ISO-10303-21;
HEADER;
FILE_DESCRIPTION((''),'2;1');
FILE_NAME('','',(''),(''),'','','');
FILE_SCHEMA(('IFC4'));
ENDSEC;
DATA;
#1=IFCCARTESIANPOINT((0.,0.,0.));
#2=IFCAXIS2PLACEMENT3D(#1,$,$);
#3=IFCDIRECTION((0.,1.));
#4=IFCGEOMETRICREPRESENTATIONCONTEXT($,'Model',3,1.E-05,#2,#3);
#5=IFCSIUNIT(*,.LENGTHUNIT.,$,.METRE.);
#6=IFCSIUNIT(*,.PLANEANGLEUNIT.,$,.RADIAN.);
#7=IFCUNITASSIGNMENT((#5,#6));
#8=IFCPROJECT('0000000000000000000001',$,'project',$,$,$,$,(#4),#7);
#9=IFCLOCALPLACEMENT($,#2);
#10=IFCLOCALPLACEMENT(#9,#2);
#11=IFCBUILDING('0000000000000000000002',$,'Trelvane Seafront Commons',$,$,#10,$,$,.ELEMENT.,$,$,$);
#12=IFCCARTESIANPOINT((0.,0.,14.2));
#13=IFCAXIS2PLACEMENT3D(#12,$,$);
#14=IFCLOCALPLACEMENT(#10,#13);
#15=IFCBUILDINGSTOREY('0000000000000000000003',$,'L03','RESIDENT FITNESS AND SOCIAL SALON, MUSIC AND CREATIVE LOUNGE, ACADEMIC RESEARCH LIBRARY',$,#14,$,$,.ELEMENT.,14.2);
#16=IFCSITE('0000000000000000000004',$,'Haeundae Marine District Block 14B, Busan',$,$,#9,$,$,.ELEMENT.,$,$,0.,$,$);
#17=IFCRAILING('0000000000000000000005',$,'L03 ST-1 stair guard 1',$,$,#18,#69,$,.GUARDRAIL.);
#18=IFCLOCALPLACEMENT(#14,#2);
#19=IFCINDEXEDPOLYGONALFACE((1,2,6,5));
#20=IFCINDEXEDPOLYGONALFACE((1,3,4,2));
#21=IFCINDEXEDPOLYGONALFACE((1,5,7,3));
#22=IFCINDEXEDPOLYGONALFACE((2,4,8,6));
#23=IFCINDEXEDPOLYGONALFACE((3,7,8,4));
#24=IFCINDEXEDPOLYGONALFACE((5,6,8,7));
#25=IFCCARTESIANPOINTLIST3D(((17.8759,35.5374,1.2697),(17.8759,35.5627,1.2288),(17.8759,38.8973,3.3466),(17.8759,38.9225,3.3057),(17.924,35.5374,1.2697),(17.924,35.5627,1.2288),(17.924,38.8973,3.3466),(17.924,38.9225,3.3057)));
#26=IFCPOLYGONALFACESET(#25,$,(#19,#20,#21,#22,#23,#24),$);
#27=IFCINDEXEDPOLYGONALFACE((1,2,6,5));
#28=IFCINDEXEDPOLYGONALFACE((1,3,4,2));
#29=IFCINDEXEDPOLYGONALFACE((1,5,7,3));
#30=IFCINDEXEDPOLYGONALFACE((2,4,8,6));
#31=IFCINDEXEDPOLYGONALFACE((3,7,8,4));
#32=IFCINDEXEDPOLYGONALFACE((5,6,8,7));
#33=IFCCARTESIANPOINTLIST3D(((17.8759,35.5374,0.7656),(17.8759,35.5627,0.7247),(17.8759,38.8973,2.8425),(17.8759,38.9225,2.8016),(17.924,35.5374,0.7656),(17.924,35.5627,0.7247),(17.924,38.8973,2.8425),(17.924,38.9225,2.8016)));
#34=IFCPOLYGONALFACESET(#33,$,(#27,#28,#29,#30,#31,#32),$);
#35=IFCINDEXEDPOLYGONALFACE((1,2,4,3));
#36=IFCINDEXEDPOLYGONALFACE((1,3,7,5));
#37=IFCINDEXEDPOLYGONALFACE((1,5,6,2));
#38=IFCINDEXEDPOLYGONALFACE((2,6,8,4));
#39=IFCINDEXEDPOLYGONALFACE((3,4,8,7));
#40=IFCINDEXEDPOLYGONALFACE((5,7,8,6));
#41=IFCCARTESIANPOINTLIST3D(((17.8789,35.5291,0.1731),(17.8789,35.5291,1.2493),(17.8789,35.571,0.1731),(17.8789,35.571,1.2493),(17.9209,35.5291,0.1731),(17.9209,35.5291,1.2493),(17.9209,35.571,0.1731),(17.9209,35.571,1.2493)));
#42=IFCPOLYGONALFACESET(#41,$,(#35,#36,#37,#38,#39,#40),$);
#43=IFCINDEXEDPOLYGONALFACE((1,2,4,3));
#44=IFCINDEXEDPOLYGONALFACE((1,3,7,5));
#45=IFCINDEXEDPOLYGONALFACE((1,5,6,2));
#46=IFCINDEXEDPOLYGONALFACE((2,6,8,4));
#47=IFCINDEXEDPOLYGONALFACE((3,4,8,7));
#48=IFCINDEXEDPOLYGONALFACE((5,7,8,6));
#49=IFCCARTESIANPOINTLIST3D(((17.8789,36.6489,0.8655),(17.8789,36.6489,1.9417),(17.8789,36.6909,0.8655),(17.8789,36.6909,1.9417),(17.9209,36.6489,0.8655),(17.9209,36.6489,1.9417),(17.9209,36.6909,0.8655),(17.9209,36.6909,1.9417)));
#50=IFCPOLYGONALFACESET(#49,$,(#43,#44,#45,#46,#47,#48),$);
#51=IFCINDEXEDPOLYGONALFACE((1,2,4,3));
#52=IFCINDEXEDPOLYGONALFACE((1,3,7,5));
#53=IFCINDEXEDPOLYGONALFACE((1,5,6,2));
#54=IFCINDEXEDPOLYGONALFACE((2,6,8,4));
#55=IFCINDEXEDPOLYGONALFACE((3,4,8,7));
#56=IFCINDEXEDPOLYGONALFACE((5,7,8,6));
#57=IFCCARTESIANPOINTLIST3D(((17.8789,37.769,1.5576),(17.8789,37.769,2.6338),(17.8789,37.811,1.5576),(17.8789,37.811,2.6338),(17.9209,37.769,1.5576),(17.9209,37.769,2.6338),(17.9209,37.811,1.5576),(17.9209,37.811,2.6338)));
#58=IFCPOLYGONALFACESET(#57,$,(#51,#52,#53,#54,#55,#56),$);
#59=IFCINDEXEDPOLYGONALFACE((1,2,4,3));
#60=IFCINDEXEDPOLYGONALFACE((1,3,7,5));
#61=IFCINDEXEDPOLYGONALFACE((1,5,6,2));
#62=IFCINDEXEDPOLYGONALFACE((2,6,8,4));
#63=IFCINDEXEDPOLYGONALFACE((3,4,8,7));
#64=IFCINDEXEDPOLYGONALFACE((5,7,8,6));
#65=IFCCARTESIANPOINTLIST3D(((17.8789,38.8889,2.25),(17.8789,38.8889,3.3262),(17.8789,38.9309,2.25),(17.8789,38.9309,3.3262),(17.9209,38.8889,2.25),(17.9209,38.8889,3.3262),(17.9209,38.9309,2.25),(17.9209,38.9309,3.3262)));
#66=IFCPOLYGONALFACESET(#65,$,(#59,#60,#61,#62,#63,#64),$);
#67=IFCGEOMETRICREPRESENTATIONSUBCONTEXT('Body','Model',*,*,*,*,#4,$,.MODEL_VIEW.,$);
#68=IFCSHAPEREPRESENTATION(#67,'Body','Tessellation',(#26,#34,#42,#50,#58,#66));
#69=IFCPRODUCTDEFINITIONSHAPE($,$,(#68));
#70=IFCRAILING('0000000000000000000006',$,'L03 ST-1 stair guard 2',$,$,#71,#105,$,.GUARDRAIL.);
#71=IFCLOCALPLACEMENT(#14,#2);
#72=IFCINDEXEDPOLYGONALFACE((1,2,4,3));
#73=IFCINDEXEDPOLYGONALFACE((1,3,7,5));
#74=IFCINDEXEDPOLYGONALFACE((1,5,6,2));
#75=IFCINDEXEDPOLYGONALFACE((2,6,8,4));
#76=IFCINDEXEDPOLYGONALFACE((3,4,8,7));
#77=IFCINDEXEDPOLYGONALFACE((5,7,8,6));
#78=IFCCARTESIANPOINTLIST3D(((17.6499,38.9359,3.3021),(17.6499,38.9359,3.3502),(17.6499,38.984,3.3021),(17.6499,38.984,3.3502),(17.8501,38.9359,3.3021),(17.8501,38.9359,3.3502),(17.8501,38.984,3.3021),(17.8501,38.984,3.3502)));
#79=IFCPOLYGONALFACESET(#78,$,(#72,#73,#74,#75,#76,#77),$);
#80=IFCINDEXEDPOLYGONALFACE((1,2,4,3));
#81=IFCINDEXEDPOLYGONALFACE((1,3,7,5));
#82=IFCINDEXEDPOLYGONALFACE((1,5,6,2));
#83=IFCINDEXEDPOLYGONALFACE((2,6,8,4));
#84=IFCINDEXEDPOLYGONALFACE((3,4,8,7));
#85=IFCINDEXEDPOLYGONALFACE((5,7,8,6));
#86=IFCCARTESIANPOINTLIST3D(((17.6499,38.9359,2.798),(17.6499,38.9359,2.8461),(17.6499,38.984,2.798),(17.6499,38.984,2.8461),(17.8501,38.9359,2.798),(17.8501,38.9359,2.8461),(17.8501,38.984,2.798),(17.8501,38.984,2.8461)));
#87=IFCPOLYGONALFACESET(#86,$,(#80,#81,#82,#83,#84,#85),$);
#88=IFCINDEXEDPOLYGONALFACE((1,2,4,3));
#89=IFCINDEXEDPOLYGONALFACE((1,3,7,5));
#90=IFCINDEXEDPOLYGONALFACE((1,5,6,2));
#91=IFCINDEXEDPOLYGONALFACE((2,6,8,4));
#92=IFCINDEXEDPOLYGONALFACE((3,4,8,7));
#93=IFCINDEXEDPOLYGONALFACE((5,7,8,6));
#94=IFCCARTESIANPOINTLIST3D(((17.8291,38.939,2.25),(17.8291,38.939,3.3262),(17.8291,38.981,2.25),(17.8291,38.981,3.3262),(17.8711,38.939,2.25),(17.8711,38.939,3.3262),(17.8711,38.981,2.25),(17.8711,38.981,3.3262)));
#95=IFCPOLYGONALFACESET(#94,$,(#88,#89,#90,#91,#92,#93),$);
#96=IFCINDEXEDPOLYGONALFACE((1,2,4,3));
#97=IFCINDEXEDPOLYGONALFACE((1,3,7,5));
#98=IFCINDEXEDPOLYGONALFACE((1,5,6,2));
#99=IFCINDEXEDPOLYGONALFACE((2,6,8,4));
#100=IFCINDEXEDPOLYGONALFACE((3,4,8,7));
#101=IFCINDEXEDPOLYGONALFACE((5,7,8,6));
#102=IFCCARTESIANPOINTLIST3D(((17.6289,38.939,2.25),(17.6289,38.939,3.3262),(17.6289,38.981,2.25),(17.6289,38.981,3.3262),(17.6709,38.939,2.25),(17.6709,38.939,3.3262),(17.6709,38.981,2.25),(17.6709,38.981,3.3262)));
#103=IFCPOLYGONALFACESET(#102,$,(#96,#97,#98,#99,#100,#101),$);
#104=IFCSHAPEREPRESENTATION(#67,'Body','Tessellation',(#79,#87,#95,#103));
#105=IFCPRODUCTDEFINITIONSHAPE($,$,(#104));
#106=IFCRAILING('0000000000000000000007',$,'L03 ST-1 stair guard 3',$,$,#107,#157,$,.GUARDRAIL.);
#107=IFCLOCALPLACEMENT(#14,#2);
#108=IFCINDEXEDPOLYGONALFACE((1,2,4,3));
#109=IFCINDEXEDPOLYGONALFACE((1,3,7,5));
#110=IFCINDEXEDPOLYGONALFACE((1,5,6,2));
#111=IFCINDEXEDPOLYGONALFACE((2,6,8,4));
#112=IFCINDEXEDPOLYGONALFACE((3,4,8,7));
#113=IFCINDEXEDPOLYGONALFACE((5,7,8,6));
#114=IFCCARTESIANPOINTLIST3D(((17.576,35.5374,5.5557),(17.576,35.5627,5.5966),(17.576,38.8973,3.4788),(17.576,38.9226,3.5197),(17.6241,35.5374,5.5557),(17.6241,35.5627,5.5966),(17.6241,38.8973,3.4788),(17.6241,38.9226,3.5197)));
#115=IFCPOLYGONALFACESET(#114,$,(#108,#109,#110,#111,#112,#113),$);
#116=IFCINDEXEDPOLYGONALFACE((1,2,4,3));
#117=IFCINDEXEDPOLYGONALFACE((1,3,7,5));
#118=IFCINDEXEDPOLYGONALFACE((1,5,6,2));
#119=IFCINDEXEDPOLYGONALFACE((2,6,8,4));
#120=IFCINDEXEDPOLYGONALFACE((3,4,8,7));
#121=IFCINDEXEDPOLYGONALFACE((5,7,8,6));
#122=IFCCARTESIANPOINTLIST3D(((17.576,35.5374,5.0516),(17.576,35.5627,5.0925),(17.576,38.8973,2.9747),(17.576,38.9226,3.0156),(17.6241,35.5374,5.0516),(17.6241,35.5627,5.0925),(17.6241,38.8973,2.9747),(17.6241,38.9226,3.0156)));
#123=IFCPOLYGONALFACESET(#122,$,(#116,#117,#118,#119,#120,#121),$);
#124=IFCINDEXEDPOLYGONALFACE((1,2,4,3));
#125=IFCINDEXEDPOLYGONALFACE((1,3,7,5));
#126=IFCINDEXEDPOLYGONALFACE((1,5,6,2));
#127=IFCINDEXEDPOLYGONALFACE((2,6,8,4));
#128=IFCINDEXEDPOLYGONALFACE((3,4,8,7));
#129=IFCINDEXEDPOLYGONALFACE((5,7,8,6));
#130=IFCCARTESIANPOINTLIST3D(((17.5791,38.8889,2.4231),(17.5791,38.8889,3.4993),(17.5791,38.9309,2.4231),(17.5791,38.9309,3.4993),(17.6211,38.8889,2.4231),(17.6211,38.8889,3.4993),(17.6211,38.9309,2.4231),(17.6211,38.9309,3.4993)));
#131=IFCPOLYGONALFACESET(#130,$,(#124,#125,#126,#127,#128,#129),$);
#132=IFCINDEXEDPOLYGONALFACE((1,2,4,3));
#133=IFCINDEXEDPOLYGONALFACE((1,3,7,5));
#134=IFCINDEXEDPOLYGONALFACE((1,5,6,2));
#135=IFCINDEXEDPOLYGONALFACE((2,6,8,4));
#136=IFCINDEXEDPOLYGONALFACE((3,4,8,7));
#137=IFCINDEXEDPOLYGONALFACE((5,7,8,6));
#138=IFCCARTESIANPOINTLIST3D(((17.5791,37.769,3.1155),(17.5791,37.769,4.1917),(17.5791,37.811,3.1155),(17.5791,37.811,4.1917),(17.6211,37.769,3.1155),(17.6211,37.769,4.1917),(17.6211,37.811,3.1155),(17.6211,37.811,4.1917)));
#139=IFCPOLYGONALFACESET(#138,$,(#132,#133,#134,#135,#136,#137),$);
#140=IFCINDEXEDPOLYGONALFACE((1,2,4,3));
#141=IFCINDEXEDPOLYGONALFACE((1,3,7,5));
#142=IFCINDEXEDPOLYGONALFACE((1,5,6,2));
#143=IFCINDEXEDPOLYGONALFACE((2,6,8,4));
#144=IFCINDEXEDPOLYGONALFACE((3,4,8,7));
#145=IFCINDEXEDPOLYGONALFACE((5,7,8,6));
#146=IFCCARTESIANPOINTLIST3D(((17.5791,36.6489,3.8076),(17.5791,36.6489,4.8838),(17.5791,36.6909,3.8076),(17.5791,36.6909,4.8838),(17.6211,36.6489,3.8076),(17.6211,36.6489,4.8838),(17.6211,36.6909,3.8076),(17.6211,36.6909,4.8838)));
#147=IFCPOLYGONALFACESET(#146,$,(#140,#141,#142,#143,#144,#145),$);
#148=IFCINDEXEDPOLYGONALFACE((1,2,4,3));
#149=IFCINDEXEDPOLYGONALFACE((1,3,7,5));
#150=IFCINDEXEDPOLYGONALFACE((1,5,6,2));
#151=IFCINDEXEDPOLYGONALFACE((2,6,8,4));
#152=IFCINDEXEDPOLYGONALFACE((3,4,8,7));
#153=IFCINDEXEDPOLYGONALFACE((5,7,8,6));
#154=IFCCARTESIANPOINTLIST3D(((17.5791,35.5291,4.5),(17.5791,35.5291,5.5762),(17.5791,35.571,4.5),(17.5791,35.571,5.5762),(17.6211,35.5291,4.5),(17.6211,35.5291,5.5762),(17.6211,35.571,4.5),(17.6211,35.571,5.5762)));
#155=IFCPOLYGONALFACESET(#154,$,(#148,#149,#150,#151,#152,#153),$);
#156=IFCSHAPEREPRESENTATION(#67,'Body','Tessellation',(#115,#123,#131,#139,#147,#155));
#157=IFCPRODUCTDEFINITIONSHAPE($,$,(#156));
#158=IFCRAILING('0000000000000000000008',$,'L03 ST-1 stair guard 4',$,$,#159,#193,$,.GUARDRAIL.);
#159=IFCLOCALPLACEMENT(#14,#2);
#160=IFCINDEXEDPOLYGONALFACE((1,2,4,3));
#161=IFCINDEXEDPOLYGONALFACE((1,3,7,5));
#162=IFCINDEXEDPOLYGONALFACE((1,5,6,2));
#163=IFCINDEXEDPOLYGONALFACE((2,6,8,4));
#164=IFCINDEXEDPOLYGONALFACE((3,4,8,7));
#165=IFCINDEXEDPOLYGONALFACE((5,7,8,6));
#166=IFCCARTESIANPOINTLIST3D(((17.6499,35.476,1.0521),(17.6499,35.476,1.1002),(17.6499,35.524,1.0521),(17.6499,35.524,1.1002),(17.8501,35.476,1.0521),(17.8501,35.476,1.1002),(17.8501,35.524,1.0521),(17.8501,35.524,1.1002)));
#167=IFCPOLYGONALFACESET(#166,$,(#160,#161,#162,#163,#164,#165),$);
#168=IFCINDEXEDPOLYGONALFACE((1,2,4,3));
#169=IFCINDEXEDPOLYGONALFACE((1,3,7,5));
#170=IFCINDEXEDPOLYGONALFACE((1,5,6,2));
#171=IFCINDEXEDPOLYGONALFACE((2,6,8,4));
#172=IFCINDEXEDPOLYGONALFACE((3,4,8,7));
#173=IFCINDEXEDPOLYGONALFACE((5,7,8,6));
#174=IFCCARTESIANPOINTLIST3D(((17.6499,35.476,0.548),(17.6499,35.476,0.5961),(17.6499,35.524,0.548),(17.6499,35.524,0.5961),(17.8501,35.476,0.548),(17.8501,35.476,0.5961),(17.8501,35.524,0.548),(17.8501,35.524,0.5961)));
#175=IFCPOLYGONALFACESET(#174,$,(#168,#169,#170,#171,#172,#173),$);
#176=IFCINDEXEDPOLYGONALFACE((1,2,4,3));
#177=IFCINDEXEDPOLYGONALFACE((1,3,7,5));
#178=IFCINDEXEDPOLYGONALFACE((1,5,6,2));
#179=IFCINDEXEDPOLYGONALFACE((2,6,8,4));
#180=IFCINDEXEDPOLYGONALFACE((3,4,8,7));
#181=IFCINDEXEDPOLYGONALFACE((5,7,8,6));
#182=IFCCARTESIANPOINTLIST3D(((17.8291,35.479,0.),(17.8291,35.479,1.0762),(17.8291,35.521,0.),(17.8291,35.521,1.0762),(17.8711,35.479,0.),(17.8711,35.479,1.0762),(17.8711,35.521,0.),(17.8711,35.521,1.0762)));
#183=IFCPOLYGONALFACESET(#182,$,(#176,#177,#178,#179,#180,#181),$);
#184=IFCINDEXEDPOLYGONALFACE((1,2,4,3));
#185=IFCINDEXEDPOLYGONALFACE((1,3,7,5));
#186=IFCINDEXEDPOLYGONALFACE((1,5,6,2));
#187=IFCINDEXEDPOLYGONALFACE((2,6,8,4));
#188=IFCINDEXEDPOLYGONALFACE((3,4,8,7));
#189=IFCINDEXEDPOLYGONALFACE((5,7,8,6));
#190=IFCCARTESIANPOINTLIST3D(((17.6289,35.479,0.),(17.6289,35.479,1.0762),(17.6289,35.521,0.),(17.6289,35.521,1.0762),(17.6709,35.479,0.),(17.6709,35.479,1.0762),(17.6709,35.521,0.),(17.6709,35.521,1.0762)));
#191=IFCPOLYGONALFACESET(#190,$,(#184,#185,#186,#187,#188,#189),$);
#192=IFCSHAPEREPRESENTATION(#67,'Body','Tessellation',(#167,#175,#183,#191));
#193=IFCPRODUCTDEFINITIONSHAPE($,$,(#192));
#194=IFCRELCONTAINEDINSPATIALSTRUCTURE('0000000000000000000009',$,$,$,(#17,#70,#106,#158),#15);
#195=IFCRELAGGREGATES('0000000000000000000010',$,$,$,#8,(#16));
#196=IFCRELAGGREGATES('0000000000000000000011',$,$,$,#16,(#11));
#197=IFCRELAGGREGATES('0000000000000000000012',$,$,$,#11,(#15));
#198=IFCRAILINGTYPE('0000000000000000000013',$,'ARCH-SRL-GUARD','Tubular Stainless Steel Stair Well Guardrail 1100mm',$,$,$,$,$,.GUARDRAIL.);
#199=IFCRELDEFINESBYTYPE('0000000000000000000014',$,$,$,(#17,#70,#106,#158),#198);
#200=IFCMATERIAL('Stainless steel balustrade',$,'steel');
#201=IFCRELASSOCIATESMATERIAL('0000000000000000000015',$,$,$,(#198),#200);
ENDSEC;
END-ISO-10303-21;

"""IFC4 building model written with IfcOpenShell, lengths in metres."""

from ifc_helpers import new_model, si_unit, direction, frame, origin, origin_2d, place, context, subcontext, project, spatial, rectangle, extrude, material, type_object, element, save


model = new_model("IFC4")

# Units and contexts
model_context = context("Model", 3, precision=1e-05, world=origin(), true_north=direction((0.0, 1.0)))
body_context = subcontext(model_context, "Body", "Model", "MODEL_VIEW")
ifc_project = project(units=[si_unit("LENGTHUNIT", "METRE"), si_unit("PLANEANGLEUNIT", "RADIAN")], contexts=[model_context])

# Site, building, storey
site_placement = place(None, origin())
site = spatial("IfcSite", under=ifc_project, at=site_placement, Name="Haeundae Marine District Block 14B, Busan", CompositionType="ELEMENT", RefElevation=0.0)
building_placement = place(site_placement, origin())
building = spatial("IfcBuilding", under=site, at=building_placement, Name="Trelvane Seafront Commons", CompositionType="ELEMENT")
storey_placement = place(building_placement, frame((0.0, 0.0, 14.2)))
storey = spatial("IfcBuildingStorey", under=building, at=storey_placement, Name="L03", Description="RESIDENT FITNESS AND SOCIAL SALON, MUSIC AND CREATIVE LOUNGE, ACADEMIC RESEARCH LIBRARY", CompositionType="ELEMENT", Elevation=14.2)

# Railings
ifc_material_1 = material(Name="Stainless steel balustrade", Category="steel")
railing_type_1 = type_object("IfcRailingType", Name="ARCH-SRL-GUARD", Description="Tubular Stainless Steel Stair Well Guardrail 1100mm", PredefinedType="GUARDRAIL", material=ifc_material_1)
railing_1_placement = place(storey_placement, frame((17.8999, 35.55, 0.1731)))
element("IfcRailing", 1, at=railing_1_placement, inside=storey, type_object=railing_type_1, Name="L03 ST-1 stair guard 1", PredefinedType="GUARDRAIL", context=body_context, shape_type="SweptSolid", body=[
    extrude(rectangle(XDim=0.0481, YDim=0.0481, at=origin_2d()), frame((0.0, 0.0, 1.0762), z_axis=(0.0, 0.850606, 0.525803), x_axis=(-1.0, 0.0, 0.0)), (0.0, 0.0, 1.0), 3.95),
    extrude(rectangle(XDim=0.0481, YDim=0.0481, at=origin_2d()), frame((0.0, 0.0, 0.572), z_axis=(0.0, 0.850606, 0.525803), x_axis=(-1.0, 0.0, 0.0)), (0.0, 0.0, 1.0), 3.95),
    extrude(rectangle(XDim=0.042, YDim=0.042, at=origin_2d()), origin(), (0.0, 0.0, 1.0), 1.0762),
    extrude(rectangle(XDim=0.042, YDim=0.042, at=origin_2d()), frame((0.0, 1.1199, 0.6924)), (0.0, 0.0, 1.0), 1.0762),
    extrude(rectangle(XDim=0.042, YDim=0.042, at=origin_2d()), frame((0.0, 2.24, 1.3845)), (0.0, 0.0, 1.0), 1.0762),
    extrude(rectangle(XDim=0.042, YDim=0.042, at=origin_2d()), frame((0.0, 3.3599, 2.0769)), (0.0, 0.0, 1.0), 1.0762),
])
railing_2_placement = place(storey_placement, frame((17.8501, 38.96, 2.25)))
element("IfcRailing", 2, at=railing_2_placement, inside=storey, type_object=railing_type_1, Name="L03 ST-1 stair guard 2", PredefinedType="GUARDRAIL", context=body_context, shape_type="SweptSolid", body=[
    extrude(rectangle(XDim=0.0481, YDim=0.0481, at=origin_2d()), frame((0.0, 0.0, 1.0762), z_axis=(-1.0, 0.0, 0.0), x_axis=(0.0, -1.0, 0.0)), (0.0, 0.0, 1.0), 0.2002),
    extrude(rectangle(XDim=0.0481, YDim=0.0481, at=origin_2d()), frame((0.0, 0.0, 0.572), z_axis=(-1.0, 0.0, 0.0), x_axis=(0.0, -1.0, 0.0)), (0.0, 0.0, 1.0), 0.2002),
    extrude(rectangle(XDim=0.042, YDim=0.042, at=origin_2d()), origin(), (0.0, 0.0, 1.0), 1.0762),
    extrude(rectangle(XDim=0.042, YDim=0.042, at=origin_2d()), frame((-0.2002, 0.0, 0.0)), (0.0, 0.0, 1.0), 1.0762),
])
railing_3_placement = place(storey_placement, frame((17.6001, 38.9099, 2.4231)))
element("IfcRailing", 3, at=railing_3_placement, inside=storey, type_object=railing_type_1, Name="L03 ST-1 stair guard 3", PredefinedType="GUARDRAIL", context=body_context, shape_type="SweptSolid", body=[
    extrude(rectangle(XDim=0.0481, YDim=0.0481, at=origin_2d()), frame((0.0, 0.0, 1.0762), z_axis=(0.0, -0.850606, 0.525803), x_axis=(1.0, 0.0, 0.0)), (0.0, 0.0, 1.0), 3.95),
    extrude(rectangle(XDim=0.0481, YDim=0.0481, at=origin_2d()), frame((0.0, 0.0, 0.572), z_axis=(0.0, -0.850606, 0.525803), x_axis=(1.0, 0.0, 0.0)), (0.0, 0.0, 1.0), 3.95),
    extrude(rectangle(XDim=0.042, YDim=0.042, at=origin_2d()), origin(), (0.0, 0.0, 1.0), 1.0762),
    extrude(rectangle(XDim=0.042, YDim=0.042, at=origin_2d()), frame((0.0, -1.1199, 0.6924)), (0.0, 0.0, 1.0), 1.0762),
    extrude(rectangle(XDim=0.042, YDim=0.042, at=origin_2d()), frame((0.0, -2.24, 1.3845)), (0.0, 0.0, 1.0), 1.0762),
    extrude(rectangle(XDim=0.042, YDim=0.042, at=origin_2d()), frame((0.0, -3.3599, 2.0769)), (0.0, 0.0, 1.0), 1.0762),
])
railing_4_placement = place(storey_placement, frame((17.8501, 35.5, 0.0)))
element("IfcRailing", 4, at=railing_4_placement, inside=storey, type_object=railing_type_1, Name="L03 ST-1 stair guard 4", PredefinedType="GUARDRAIL", context=body_context, shape_type="SweptSolid", body=[
    extrude(rectangle(XDim=0.0481, YDim=0.0481, at=origin_2d()), frame((0.0, 0.0, 1.0762), z_axis=(-1.0, 0.0, 0.0), x_axis=(0.0, -1.0, 0.0)), (0.0, 0.0, 1.0), 0.2002),
    extrude(rectangle(XDim=0.0481, YDim=0.0481, at=origin_2d()), frame((0.0, 0.0, 0.572), z_axis=(-1.0, 0.0, 0.0), x_axis=(0.0, -1.0, 0.0)), (0.0, 0.0, 1.0), 0.2002),
    extrude(rectangle(XDim=0.042, YDim=0.042, at=origin_2d()), origin(), (0.0, 0.0, 1.0), 1.0762),
    extrude(rectangle(XDim=0.042, YDim=0.042, at=origin_2d()), frame((-0.2002, 0.0, 0.0)), (0.0, 0.0, 1.0), 1.0762),
])

save(model, "model.ifc")
